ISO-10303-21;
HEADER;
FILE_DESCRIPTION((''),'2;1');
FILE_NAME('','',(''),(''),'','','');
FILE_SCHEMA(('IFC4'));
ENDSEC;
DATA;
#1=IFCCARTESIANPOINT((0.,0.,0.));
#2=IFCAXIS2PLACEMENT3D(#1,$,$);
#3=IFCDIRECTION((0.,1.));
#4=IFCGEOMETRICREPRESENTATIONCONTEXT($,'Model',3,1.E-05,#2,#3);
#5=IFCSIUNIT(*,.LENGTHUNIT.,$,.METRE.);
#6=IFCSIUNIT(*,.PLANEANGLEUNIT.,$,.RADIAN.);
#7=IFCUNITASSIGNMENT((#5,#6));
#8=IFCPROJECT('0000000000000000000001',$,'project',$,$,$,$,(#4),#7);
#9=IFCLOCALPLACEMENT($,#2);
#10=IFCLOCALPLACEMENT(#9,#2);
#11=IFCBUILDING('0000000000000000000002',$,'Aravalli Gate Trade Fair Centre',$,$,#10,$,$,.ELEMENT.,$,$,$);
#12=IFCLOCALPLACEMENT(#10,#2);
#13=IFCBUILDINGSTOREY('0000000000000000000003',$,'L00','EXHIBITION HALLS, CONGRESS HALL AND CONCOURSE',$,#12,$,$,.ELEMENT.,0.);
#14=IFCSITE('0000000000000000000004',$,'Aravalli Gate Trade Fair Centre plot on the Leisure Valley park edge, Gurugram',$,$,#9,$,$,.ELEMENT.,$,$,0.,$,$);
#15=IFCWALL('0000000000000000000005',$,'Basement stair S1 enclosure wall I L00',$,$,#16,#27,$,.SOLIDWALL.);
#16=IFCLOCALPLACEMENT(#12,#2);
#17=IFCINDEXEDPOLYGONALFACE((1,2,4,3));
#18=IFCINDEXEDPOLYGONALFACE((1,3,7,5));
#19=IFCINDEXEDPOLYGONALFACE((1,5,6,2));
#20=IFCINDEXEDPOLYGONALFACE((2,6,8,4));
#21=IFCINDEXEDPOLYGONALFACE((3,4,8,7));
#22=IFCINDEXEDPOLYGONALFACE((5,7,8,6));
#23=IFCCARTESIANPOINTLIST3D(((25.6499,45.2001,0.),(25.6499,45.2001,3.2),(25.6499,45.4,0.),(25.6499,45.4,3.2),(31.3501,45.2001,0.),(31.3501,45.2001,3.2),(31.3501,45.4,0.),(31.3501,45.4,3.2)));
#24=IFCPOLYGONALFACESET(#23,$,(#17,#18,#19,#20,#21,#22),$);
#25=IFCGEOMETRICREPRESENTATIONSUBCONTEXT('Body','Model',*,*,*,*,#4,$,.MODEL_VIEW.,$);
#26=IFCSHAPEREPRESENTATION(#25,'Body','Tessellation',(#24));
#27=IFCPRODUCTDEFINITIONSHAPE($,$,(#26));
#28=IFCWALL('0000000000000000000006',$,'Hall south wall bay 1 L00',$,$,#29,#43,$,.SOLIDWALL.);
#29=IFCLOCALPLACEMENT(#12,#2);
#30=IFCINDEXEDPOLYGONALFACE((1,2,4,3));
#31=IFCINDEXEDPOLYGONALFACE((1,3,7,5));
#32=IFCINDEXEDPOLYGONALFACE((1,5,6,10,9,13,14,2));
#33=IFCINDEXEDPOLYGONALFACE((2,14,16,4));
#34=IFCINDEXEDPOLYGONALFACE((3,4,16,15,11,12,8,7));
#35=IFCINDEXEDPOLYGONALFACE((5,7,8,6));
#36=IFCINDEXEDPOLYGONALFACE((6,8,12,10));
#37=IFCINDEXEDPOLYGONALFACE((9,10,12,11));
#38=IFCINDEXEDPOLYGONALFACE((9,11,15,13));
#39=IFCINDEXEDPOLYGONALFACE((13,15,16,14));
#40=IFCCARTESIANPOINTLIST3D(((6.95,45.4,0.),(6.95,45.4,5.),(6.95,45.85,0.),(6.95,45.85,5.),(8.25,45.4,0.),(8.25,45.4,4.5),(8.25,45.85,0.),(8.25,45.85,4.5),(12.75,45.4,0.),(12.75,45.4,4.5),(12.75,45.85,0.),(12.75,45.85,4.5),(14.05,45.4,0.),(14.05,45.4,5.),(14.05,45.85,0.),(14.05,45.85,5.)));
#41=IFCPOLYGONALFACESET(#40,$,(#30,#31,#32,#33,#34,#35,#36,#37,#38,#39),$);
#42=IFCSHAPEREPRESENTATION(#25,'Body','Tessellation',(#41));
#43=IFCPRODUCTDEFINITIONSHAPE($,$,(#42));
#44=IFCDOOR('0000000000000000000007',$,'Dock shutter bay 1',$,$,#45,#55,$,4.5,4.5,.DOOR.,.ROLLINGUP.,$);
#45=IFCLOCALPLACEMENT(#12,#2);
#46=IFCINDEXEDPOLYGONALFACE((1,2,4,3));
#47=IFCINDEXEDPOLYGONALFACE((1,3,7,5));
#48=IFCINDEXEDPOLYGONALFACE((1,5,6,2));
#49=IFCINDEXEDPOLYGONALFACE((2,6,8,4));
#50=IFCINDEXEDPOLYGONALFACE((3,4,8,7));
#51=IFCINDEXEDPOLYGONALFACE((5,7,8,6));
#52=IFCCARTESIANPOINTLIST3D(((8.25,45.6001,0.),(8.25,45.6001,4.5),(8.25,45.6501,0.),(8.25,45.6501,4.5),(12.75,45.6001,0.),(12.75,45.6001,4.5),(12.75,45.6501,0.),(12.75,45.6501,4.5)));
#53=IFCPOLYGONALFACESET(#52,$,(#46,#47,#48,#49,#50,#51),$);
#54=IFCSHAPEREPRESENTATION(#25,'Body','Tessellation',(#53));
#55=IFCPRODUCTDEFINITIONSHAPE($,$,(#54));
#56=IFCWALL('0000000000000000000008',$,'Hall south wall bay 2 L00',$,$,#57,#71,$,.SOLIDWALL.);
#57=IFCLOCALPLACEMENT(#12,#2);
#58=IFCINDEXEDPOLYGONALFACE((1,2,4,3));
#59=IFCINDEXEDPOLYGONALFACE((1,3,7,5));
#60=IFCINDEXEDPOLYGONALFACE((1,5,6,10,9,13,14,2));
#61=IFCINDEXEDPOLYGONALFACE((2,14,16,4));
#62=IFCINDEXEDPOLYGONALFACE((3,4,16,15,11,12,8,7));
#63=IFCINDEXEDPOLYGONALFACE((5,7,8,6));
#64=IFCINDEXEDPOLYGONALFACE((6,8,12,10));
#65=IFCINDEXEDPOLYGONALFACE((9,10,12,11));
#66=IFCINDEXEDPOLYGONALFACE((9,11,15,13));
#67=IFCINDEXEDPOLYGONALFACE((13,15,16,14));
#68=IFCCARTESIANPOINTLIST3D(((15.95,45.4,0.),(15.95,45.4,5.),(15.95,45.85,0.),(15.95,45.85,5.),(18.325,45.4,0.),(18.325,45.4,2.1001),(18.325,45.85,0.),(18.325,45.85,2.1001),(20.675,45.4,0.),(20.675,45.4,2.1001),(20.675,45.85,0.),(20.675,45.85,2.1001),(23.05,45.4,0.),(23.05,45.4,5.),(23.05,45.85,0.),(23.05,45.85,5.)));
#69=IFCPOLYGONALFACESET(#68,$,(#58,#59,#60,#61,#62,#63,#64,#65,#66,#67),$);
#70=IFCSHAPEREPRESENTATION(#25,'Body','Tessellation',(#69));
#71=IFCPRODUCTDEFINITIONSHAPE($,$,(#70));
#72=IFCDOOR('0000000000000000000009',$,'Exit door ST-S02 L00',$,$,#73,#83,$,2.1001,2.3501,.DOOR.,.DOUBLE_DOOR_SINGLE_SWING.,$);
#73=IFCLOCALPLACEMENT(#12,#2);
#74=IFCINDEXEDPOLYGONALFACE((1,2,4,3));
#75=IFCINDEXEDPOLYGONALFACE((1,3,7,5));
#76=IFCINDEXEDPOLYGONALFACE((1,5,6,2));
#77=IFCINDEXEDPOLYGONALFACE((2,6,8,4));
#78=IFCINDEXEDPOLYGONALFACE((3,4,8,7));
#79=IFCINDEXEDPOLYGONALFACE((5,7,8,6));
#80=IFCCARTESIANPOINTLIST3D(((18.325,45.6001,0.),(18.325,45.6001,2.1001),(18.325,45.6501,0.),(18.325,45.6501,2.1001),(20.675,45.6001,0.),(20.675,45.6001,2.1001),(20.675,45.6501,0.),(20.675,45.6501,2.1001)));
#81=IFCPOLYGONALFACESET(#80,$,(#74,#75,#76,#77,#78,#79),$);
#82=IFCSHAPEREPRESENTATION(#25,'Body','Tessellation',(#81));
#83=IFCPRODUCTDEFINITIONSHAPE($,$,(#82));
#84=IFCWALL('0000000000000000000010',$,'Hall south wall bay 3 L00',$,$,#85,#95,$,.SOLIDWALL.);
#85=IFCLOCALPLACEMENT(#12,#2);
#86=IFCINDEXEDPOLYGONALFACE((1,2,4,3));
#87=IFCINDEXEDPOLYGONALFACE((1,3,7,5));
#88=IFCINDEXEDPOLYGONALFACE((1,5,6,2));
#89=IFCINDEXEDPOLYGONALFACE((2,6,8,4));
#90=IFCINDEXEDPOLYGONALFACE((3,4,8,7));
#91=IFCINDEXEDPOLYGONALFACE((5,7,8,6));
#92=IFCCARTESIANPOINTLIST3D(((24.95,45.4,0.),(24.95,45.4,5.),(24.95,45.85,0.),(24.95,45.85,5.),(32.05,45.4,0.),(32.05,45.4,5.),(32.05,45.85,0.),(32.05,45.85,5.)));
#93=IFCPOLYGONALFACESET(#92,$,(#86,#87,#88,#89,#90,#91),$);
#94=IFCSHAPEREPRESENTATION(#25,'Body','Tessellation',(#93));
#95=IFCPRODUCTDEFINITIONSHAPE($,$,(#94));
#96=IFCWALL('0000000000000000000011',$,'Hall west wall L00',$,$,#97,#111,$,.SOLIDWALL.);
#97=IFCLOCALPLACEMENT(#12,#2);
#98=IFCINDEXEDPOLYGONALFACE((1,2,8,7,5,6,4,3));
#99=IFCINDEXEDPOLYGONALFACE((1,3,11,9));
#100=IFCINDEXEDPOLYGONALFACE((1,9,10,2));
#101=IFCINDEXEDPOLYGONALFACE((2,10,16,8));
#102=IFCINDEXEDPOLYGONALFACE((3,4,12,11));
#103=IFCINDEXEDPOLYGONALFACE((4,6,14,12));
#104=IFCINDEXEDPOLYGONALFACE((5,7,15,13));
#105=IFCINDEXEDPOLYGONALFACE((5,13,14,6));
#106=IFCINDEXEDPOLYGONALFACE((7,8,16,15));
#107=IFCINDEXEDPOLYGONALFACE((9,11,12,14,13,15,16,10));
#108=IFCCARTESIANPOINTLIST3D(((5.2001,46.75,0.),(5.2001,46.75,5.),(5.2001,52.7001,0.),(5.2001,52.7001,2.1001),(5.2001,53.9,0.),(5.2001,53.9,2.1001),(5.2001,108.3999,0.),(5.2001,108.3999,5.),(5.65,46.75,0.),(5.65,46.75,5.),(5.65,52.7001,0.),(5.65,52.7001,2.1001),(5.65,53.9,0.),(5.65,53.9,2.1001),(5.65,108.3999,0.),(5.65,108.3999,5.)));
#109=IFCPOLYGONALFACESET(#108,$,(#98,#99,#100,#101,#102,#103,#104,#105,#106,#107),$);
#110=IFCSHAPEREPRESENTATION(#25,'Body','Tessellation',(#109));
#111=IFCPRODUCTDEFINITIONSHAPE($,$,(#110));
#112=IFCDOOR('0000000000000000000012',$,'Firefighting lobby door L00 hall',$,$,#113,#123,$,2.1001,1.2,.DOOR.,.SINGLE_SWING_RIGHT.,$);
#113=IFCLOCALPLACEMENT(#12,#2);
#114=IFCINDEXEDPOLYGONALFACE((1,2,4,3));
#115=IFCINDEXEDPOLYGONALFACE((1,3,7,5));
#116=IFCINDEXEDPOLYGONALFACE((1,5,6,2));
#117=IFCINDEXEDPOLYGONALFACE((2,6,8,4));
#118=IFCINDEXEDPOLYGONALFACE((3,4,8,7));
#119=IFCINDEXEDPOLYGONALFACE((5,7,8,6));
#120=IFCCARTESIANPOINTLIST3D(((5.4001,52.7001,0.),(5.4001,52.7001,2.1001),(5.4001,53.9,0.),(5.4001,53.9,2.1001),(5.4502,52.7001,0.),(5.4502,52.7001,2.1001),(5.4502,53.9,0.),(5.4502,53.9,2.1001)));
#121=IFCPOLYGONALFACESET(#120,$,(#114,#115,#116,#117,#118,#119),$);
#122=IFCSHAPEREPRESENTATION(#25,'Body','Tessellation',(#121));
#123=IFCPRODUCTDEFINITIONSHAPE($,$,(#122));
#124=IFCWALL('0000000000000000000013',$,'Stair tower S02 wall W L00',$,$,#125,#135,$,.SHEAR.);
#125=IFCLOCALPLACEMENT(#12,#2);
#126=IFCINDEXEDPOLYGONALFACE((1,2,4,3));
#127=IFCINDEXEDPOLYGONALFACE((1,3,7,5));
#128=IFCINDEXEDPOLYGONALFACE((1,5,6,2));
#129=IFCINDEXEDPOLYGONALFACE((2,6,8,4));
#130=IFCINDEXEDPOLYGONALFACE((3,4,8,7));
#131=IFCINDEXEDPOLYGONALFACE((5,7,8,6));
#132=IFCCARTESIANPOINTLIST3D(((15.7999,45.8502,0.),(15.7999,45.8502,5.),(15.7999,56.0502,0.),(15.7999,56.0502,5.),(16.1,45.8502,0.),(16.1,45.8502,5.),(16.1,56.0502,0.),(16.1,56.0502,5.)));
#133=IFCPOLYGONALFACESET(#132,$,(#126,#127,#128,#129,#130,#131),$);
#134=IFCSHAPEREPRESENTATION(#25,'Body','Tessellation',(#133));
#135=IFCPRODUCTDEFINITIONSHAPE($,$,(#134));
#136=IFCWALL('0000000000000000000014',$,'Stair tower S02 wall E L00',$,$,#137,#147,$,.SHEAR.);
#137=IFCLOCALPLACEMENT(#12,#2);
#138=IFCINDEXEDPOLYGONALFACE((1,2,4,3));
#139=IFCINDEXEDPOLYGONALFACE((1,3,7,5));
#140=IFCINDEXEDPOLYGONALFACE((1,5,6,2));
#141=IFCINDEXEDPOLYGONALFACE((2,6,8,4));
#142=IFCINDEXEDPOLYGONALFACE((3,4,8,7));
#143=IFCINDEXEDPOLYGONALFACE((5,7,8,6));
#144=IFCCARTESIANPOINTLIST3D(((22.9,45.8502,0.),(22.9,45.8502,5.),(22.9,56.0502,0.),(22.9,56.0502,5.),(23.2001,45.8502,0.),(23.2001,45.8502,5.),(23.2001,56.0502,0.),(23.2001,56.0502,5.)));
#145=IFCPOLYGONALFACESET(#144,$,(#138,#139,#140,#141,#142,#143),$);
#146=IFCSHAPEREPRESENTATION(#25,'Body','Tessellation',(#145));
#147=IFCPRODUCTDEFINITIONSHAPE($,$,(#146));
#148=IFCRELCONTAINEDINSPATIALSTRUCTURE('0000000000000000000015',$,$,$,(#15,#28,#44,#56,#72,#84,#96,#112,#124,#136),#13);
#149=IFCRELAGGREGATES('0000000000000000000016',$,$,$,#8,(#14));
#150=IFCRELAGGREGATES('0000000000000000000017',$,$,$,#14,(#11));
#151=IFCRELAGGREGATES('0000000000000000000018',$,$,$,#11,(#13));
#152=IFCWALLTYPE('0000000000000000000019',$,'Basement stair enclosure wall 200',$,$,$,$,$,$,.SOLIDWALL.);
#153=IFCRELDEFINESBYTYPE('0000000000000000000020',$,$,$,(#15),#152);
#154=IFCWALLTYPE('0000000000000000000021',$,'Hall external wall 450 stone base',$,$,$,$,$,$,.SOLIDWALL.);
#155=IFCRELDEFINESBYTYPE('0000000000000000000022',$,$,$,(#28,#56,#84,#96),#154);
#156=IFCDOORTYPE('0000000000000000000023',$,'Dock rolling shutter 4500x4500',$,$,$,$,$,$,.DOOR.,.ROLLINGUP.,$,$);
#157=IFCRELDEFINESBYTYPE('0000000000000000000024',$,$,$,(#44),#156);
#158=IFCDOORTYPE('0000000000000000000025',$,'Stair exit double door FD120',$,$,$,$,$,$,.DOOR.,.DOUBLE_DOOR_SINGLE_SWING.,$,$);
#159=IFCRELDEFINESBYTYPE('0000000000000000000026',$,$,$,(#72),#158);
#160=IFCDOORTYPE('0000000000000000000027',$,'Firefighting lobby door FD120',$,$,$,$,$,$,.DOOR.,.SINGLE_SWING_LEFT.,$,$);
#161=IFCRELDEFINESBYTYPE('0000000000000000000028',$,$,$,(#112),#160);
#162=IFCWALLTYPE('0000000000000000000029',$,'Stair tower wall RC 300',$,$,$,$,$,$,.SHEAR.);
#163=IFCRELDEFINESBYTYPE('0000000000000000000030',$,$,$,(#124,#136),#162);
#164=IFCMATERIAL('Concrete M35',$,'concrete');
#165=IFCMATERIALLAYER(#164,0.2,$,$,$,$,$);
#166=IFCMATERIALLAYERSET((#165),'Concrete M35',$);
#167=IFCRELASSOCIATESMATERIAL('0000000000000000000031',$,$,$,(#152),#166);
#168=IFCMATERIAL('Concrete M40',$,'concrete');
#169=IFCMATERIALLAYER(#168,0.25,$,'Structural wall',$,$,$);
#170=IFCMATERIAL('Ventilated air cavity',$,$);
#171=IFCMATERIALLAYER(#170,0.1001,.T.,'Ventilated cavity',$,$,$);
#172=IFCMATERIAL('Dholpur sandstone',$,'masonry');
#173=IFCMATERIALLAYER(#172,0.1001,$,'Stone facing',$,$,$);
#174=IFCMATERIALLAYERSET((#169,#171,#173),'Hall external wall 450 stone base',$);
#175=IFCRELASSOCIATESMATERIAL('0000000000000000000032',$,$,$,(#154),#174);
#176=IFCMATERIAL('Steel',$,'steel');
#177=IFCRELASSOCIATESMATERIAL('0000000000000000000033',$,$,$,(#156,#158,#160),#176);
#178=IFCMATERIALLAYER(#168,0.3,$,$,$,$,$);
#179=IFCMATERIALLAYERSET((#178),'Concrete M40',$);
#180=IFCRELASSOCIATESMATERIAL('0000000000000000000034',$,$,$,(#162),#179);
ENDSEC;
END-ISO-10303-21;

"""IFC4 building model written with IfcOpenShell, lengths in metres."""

from ifc_helpers import new_model, si_unit, direction, frame, frame_2d, origin, place, context, subcontext, project, spatial, rectangle, extrude, material, layer, layer_set, type_object, element, fill, save


model = new_model("IFC4")

# Units and contexts
model_context = context("Model", 3, precision=1e-05, world=origin(), true_north=direction((0.0, 1.0)))
body_context = subcontext(model_context, "Body", "Model", "MODEL_VIEW")
ifc_project = project(units=[si_unit("LENGTHUNIT", "METRE"), si_unit("PLANEANGLEUNIT", "RADIAN")], contexts=[model_context])

# Site, building, storey
site_placement = place(None, origin())
site = spatial("IfcSite", under=ifc_project, at=site_placement, Name="Aravalli Gate Trade Fair Centre plot on the Leisure Valley park edge, Gurugram", CompositionType="ELEMENT", RefElevation=0.0)
building_placement = place(site_placement, origin())
building = spatial("IfcBuilding", under=site, at=building_placement, Name="Aravalli Gate Trade Fair Centre", CompositionType="ELEMENT")
storey_placement = place(building_placement, origin())
storey = spatial("IfcBuildingStorey", under=building, at=storey_placement, Name="L00", Description="EXHIBITION HALLS, CONGRESS HALL AND CONCOURSE", CompositionType="ELEMENT", Elevation=0.0)

# Shared definitions
ifc_material_1 = material(Name="Concrete M35", Category="concrete")
ifc_layer_1 = layer(ifc_material_1, 0.2)
ifc_layer_set_1 = layer_set([ifc_layer_1], Name="Concrete M35")
wall_type_1 = type_object("IfcWallType", Name="Basement stair enclosure wall 200", PredefinedType="SOLIDWALL", material=ifc_layer_set_1)

# Shared definitions
ifc_material_2 = material(Name="Steel", Category="steel")

# Wall
wall_1_placement = place(storey_placement, frame((25.6499, 45.3, 0.0), z_axis=(0.0, 0.0, 1.0), x_axis=(1.0, 0.0, 0.0)))
element("IfcWall", 1, at=wall_1_placement, inside=storey, type_object=wall_type_1, Name="Basement stair S1 enclosure wall I L00", PredefinedType="SOLIDWALL", context=body_context, shape_type="SweptSolid", body=[
    extrude(rectangle(XDim=5.7002, YDim=0.2, at=frame_2d((2.8501, 0.0))), origin(), (0.0, 0.0, 1.0), 3.2),
])

# Walls, openings, doors
ifc_material_3 = material(Name="Concrete M40", Category="concrete")
ifc_layer_2 = layer(ifc_material_3, 0.25, Name="Structural wall")
ifc_material_4 = material(Name="Ventilated air cavity")
ifc_layer_3 = layer(ifc_material_4, 0.1001, ventilated=True, Name="Ventilated cavity")
ifc_material_5 = material(Name="Dholpur sandstone", Category="masonry")
ifc_layer_4 = layer(ifc_material_5, 0.1001, Name="Stone facing")
ifc_layer_set_2 = layer_set([ifc_layer_2, ifc_layer_3, ifc_layer_4], Name="Hall external wall 450 stone base")
wall_type_2 = type_object("IfcWallType", Name="Hall external wall 450 stone base", PredefinedType="SOLIDWALL", material=ifc_layer_set_2)
wall_2_placement = place(storey_placement, frame((6.95, 45.625, 0.0), z_axis=(0.0, 0.0, 1.0), x_axis=(1.0, 0.0, 0.0)))
wall_2 = element("IfcWall", 2, at=wall_2_placement, inside=storey, type_object=wall_type_2, Name="Hall south wall bay 1 L00", PredefinedType="SOLIDWALL", context=body_context, shape_type="SweptSolid", body=[
    extrude(rectangle(XDim=7.1001, YDim=0.45, at=frame_2d((3.55, 0.0))), origin(), (0.0, 0.0, 1.0), 5.0),
])
opening_1_placement = place(wall_2_placement, frame((1.3, 0.0, 0.0)))
opening_1 = element("IfcOpeningElement", 3, at=opening_1_placement, cuts=wall_2, PredefinedType="OPENING", context=body_context, shape_type="SweptSolid", body=[
    extrude(rectangle(XDim=4.5, YDim=4.5, at=frame_2d((2.25, 2.25))), frame((0.0, 0.2349, 0.0), z_axis=(0.0, -1.0, 0.0), x_axis=(1.0, 0.0, 0.0)), (0.0, 0.0, 1.0), 0.47),
])
door_type_1 = type_object("IfcDoorType", Name="Dock rolling shutter 4500x4500", OperationType="ROLLINGUP", PredefinedType="DOOR", material=ifc_material_2)
door_1_placement = place(opening_1_placement, frame((4.5, 0.0, 0.0), z_axis=(0.0, 0.0, 1.0), x_axis=(-1.0, 0.0, 0.0)))
door_1 = element("IfcDoor", 4, at=door_1_placement, inside=storey, type_object=door_type_1, Name="Dock shutter bay 1", OperationType="ROLLINGUP", OverallHeight=4.5, OverallWidth=4.5, PredefinedType="DOOR", context=body_context, shape_type="SweptSolid", body=[
    extrude(rectangle(XDim=4.5, YDim=4.5, at=frame_2d((2.25, 2.25))), frame((0.0, 0.0249, 0.0), z_axis=(0.0, -1.0, 0.0), x_axis=(1.0, 0.0, 0.0)), (0.0, 0.0, 1.0), 0.05),
])
fill(opening_1, door_1)
wall_3_placement = place(storey_placement, frame((15.95, 45.625, 0.0), z_axis=(0.0, 0.0, 1.0), x_axis=(1.0, 0.0, 0.0)))
wall_3 = element("IfcWall", 5, at=wall_3_placement, inside=storey, type_object=wall_type_2, Name="Hall south wall bay 2 L00", PredefinedType="SOLIDWALL", context=body_context, shape_type="SweptSolid", body=[
    extrude(rectangle(XDim=7.1001, YDim=0.45, at=frame_2d((3.55, 0.0))), origin(), (0.0, 0.0, 1.0), 5.0),
])
opening_2_placement = place(wall_3_placement, frame((2.375, 0.0, 0.0)))
opening_2 = element("IfcOpeningElement", 6, at=opening_2_placement, cuts=wall_3, PredefinedType="OPENING", context=body_context, shape_type="SweptSolid", body=[
    extrude(rectangle(XDim=2.3501, YDim=2.1001, at=frame_2d((1.175, 1.05))), frame((0.0, 0.2349, 0.0), z_axis=(0.0, -1.0, 0.0), x_axis=(1.0, 0.0, 0.0)), (0.0, 0.0, 1.0), 0.47),
])
door_type_2 = type_object("IfcDoorType", Name="Stair exit double door FD120", OperationType="DOUBLE_DOOR_SINGLE_SWING", PredefinedType="DOOR", material=ifc_material_2)
door_2_placement = place(opening_2_placement, frame((2.3501, 0.0, 0.0), z_axis=(0.0, 0.0, 1.0), x_axis=(-1.0, 0.0, 0.0)))
door_2 = element("IfcDoor", 7, at=door_2_placement, inside=storey, type_object=door_type_2, Name="Exit door ST-S02 L00", OperationType="DOUBLE_DOOR_SINGLE_SWING", OverallHeight=2.1001, OverallWidth=2.3501, PredefinedType="DOOR", context=body_context, shape_type="SweptSolid", body=[
    extrude(rectangle(XDim=2.3501, YDim=2.1001, at=frame_2d((1.175, 1.05))), frame((0.0, 0.0249, 0.0), z_axis=(0.0, -1.0, 0.0), x_axis=(1.0, 0.0, 0.0)), (0.0, 0.0, 1.0), 0.05),
])
fill(opening_2, door_2)

# Wall
wall_4_placement = place(storey_placement, frame((24.95, 45.625, 0.0), z_axis=(0.0, 0.0, 1.0), x_axis=(1.0, 0.0, 0.0)))
element("IfcWall", 8, at=wall_4_placement, inside=storey, type_object=wall_type_2, Name="Hall south wall bay 3 L00", PredefinedType="SOLIDWALL", context=body_context, shape_type="SweptSolid", body=[
    extrude(rectangle(XDim=7.1001, YDim=0.45, at=frame_2d((3.55, 0.0))), origin(), (0.0, 0.0, 1.0), 5.0),
])

# Wall, opening, door
wall_5_placement = place(storey_placement, frame((5.425, 46.75, 0.0), z_axis=(0.0, 0.0, 1.0), x_axis=(0.0, 1.0, 0.0)))
wall_5 = element("IfcWall", 9, at=wall_5_placement, inside=storey, type_object=wall_type_2, Name="Hall west wall L00", PredefinedType="SOLIDWALL", context=body_context, shape_type="SweptSolid", body=[
    extrude(rectangle(XDim=61.6499, YDim=0.45, at=frame_2d((30.825, 0.0))), origin(), (0.0, 0.0, 1.0), 5.0),
])
opening_3_placement = place(wall_5_placement, frame((5.95, 0.0, 0.0)))
opening_3 = element("IfcOpeningElement", 10, at=opening_3_placement, cuts=wall_5, PredefinedType="OPENING", context=body_context, shape_type="SweptSolid", body=[
    extrude(rectangle(XDim=1.2, YDim=2.1001, at=frame_2d((0.6001, 1.05))), frame((0.0, 0.2349, 0.0), z_axis=(0.0, -1.0, 0.0), x_axis=(1.0, 0.0, 0.0)), (0.0, 0.0, 1.0), 0.47),
])
door_type_3 = type_object("IfcDoorType", Name="Firefighting lobby door FD120", OperationType="SINGLE_SWING_LEFT", PredefinedType="DOOR", material=ifc_material_2)
door_3_placement = place(opening_3_placement, origin())
door_3 = element("IfcDoor", 11, at=door_3_placement, inside=storey, type_object=door_type_3, Name="Firefighting lobby door L00 hall", OperationType="SINGLE_SWING_RIGHT", OverallHeight=2.1001, OverallWidth=1.2, PredefinedType="DOOR", context=body_context, shape_type="SweptSolid", body=[
    extrude(rectangle(XDim=1.2, YDim=2.1001, at=frame_2d((0.6001, 1.05))), frame((0.0, 0.0249, 0.0), z_axis=(0.0, -1.0, 0.0), x_axis=(1.0, 0.0, 0.0)), (0.0, 0.0, 1.0), 0.05),
])
fill(opening_3, door_3)

# Walls
ifc_layer_5 = layer(ifc_material_3, 0.3)
ifc_layer_set_3 = layer_set([ifc_layer_5], Name="Concrete M40")
wall_type_3 = type_object("IfcWallType", Name="Stair tower wall RC 300", PredefinedType="SHEAR", material=ifc_layer_set_3)
for number, where, z_axis, x_axis, name in (
    (12, (15.95, 45.8501, 0.0), (0.0, 0.0, 1.0), (0.0, 1.0, 0.0), "Stair tower S02 wall W L00"),
    (13, (23.05, 45.8501, 0.0), (0.0, 0.0, 1.0), (0.0, 1.0, 0.0), "Stair tower S02 wall E L00"),
):
    element("IfcWall", number, at=place(storey_placement, frame(where, z_axis=z_axis, x_axis=x_axis)), inside=storey, type_object=wall_type_3, Name=name, PredefinedType="SHEAR", context=body_context, shape_type="SweptSolid", body=[
        extrude(rectangle(XDim=10.2, YDim=0.3, at=frame_2d((5.1001, 0.0))), origin(), (0.0, 0.0, 1.0), 5.0),
    ])

save(model, "model.ifc")
